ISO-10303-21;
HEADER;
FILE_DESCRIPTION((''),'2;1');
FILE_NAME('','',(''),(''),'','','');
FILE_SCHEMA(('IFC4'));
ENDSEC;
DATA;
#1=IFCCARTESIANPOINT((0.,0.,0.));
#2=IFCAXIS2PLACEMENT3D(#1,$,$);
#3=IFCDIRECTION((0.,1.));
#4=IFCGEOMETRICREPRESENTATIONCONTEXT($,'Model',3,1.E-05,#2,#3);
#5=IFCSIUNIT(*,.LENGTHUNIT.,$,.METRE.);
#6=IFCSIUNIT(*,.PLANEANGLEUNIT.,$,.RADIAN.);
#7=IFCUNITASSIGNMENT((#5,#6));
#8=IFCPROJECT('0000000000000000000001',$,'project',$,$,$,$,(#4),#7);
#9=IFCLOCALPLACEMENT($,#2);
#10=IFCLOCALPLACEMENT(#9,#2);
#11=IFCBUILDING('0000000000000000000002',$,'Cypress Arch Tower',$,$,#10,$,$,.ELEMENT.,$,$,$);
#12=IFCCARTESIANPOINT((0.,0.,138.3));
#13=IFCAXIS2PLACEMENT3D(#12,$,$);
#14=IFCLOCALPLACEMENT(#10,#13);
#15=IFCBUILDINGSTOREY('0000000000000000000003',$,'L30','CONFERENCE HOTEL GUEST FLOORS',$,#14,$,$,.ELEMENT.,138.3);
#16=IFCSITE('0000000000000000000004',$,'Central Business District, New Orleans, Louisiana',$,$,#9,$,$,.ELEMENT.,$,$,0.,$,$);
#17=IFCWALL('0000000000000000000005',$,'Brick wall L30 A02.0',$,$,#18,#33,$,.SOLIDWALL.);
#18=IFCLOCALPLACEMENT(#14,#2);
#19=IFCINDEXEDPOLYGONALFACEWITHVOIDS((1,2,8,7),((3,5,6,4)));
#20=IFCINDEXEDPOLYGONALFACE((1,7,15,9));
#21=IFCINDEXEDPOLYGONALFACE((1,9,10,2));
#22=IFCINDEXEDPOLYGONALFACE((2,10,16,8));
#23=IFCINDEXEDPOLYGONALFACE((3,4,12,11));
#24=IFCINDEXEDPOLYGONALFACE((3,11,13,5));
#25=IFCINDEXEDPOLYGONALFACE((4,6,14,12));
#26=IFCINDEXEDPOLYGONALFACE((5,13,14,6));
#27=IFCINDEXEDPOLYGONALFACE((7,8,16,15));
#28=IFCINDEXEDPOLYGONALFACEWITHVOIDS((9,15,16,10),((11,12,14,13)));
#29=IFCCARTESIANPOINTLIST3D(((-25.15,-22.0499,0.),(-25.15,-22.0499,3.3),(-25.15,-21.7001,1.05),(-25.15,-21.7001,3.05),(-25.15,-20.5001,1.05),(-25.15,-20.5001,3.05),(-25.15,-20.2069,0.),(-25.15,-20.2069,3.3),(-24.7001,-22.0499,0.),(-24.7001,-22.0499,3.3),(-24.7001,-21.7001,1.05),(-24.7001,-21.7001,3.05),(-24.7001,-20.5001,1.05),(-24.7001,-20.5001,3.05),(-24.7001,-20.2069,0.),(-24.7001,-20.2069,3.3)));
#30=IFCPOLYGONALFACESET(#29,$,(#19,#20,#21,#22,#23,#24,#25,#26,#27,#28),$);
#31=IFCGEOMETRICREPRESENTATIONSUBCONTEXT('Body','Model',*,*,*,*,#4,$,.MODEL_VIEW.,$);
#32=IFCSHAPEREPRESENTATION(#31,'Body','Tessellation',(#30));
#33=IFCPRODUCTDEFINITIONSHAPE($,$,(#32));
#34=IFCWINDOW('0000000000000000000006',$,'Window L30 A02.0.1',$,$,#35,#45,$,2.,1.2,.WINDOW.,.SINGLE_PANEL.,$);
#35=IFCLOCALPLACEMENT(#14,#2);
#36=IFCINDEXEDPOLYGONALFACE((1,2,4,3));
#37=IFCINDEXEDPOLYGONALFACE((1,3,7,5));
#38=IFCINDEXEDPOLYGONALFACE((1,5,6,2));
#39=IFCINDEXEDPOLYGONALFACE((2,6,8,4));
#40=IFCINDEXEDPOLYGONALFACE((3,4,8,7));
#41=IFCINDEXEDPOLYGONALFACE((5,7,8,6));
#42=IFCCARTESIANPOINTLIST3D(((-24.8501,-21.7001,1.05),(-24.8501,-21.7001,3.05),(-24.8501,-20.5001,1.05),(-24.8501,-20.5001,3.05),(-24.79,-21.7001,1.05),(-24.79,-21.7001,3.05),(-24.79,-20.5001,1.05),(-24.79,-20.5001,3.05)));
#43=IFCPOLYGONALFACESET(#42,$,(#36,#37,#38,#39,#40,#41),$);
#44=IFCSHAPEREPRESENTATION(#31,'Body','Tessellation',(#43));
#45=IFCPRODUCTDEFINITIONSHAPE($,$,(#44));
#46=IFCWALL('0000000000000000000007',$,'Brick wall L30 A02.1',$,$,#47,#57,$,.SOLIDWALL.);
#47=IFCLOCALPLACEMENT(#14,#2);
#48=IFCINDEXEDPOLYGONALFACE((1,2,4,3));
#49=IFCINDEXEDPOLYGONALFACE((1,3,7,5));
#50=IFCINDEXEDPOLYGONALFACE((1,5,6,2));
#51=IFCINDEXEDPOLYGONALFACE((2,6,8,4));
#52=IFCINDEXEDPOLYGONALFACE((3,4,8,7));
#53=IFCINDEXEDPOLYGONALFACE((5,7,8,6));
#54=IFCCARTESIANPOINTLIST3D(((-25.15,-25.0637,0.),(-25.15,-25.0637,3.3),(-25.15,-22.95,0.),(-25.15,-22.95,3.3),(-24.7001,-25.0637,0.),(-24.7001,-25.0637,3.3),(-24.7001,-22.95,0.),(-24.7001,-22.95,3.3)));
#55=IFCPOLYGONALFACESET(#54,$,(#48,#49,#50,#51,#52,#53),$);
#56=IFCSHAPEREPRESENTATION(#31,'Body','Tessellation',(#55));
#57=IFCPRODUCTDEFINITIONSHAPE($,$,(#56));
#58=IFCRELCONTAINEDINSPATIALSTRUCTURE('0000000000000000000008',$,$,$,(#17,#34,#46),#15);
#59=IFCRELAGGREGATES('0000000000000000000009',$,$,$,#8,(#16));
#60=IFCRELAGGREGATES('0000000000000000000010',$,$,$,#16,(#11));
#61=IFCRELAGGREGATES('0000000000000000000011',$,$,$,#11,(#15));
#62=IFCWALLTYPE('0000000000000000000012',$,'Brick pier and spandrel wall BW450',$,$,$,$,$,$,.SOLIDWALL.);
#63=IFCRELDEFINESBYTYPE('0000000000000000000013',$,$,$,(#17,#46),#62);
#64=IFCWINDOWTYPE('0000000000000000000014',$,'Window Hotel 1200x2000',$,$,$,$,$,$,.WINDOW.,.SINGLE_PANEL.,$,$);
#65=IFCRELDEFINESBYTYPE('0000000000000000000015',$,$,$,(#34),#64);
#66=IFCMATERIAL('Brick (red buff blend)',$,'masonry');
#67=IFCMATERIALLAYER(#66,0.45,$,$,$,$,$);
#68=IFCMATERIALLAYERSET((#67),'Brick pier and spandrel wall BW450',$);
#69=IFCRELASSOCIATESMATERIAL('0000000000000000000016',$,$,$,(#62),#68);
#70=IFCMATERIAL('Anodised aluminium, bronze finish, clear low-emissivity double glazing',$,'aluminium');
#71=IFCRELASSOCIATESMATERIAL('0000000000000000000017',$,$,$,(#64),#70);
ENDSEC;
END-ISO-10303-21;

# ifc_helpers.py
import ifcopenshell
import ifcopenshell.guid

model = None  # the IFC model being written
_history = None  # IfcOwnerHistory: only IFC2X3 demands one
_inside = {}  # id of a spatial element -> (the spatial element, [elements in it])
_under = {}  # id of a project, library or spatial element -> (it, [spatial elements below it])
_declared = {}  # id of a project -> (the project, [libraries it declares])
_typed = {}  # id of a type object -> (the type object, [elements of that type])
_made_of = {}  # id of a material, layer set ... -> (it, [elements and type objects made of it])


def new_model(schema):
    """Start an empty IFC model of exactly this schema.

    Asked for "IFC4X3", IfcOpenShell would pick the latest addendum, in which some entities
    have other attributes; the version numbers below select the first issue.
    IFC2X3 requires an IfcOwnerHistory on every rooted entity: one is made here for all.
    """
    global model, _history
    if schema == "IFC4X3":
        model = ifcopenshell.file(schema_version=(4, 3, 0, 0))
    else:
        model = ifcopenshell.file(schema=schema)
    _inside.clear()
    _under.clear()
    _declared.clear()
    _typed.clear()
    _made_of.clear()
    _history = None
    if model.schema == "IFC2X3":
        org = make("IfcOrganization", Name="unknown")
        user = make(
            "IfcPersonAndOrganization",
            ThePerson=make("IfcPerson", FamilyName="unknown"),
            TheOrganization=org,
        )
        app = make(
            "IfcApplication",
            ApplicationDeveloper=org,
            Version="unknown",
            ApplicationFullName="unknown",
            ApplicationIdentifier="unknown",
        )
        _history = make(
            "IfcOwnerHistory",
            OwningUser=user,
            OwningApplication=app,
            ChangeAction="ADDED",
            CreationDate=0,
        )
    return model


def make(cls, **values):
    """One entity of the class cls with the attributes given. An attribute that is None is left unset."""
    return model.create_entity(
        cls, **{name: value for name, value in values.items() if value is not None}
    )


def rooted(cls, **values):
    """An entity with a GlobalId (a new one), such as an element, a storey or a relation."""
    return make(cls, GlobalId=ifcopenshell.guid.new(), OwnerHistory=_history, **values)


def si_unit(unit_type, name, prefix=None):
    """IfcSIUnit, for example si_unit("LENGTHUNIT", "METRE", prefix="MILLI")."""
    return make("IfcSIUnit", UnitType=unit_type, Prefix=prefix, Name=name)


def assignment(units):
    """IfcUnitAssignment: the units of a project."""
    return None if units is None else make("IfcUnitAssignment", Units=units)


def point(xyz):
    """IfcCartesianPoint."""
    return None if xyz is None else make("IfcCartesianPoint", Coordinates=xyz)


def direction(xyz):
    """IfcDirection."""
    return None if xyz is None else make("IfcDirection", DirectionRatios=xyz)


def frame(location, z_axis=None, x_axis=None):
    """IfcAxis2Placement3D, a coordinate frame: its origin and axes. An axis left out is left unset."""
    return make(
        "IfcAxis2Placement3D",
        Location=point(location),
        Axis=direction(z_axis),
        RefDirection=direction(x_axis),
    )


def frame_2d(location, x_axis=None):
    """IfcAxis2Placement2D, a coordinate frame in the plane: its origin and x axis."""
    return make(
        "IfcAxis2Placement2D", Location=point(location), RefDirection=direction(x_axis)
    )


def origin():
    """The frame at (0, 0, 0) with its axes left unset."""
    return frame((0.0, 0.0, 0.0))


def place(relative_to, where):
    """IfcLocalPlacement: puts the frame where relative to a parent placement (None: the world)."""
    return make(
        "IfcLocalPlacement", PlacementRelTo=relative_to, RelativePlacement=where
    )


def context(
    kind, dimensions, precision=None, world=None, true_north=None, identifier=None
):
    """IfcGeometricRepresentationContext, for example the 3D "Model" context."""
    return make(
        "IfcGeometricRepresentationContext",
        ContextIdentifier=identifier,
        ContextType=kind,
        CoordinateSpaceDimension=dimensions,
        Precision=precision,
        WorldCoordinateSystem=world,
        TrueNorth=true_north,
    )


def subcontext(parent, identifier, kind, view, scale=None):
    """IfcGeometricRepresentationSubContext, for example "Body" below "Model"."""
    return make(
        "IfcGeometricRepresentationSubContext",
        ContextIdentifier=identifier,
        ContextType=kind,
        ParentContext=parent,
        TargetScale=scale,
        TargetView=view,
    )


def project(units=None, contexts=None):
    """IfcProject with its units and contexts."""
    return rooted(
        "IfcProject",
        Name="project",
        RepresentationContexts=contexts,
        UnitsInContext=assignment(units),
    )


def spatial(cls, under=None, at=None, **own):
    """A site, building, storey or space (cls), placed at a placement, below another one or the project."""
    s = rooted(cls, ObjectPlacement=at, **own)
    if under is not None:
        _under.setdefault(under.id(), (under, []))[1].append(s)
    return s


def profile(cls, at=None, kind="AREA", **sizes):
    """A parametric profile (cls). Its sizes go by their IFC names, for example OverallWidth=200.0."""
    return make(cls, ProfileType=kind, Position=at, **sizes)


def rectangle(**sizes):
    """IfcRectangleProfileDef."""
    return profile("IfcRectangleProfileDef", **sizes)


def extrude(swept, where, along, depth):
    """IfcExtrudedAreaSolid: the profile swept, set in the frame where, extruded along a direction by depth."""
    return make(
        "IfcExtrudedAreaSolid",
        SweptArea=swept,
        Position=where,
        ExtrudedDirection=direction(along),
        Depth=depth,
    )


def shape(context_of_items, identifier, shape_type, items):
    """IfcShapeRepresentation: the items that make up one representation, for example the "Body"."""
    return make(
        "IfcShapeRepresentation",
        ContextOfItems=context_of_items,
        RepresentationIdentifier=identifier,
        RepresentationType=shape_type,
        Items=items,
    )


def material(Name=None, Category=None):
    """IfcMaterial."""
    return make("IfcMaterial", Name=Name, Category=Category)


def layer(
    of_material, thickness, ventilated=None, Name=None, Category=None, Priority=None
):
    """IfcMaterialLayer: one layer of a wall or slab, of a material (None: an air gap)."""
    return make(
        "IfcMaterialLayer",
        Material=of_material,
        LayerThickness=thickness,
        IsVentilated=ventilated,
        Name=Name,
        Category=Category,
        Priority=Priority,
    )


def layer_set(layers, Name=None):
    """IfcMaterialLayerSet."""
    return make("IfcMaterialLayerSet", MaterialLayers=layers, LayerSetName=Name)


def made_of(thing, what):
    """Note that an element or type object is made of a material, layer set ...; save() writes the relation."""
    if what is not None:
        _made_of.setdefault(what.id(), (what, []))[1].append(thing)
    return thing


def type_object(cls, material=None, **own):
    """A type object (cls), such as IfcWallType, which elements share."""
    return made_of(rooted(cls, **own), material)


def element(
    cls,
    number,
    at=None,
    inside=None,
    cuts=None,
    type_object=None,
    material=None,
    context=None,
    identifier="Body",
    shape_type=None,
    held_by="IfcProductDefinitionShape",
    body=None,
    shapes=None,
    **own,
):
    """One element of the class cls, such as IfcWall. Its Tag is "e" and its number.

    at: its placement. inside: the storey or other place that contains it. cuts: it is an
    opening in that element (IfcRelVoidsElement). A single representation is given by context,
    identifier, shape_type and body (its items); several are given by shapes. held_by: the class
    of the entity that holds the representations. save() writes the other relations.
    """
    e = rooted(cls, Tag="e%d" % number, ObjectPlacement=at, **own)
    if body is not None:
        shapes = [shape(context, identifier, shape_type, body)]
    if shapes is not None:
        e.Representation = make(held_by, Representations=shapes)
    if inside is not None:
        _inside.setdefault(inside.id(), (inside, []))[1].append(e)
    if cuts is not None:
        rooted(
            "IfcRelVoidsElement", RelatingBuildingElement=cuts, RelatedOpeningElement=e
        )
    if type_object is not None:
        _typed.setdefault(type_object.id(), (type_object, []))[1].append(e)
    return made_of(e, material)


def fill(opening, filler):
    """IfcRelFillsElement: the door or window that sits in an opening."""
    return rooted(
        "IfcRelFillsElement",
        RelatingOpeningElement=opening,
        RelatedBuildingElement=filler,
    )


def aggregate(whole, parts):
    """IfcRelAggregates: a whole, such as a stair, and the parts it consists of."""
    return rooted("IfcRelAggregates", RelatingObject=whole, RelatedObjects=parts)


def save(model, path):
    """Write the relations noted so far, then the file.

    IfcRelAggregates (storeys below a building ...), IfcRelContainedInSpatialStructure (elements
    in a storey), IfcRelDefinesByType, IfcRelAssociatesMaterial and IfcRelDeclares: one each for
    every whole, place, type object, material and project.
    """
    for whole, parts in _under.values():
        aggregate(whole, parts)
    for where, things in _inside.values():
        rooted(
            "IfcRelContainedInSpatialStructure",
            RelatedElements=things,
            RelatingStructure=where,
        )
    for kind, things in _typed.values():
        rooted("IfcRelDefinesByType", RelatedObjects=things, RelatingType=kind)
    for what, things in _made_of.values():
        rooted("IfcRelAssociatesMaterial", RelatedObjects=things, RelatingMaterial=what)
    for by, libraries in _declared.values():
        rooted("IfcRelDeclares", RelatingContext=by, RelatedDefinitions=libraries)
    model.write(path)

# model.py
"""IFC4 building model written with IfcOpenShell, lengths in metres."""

from ifc_helpers import new_model, si_unit, direction, frame, frame_2d, origin, place, context, subcontext, project, spatial, rectangle, extrude, material, layer, layer_set, type_object, element, fill, save


model = new_model("IFC4")

# Units and contexts
model_context = context("Model", 3, precision=1e-05, world=origin(), true_north=direction((0.0, 1.0)))
body_context = subcontext(model_context, "Body", "Model", "MODEL_VIEW")
ifc_project = project(units=[si_unit("LENGTHUNIT", "METRE"), si_unit("PLANEANGLEUNIT", "RADIAN")], contexts=[model_context])

# Site, building, storey
site_placement = place(None, origin())
site = spatial("IfcSite", under=ifc_project, at=site_placement, Name="Central Business District, New Orleans, Louisiana", CompositionType="ELEMENT", RefElevation=0.0)
building_placement = place(site_placement, origin())
building = spatial("IfcBuilding", under=site, at=building_placement, Name="Cypress Arch Tower", CompositionType="ELEMENT")
storey_placement = place(building_placement, frame((0.0, 0.0, 138.3)))
storey = spatial("IfcBuildingStorey", under=building, at=storey_placement, Name="L30", Description="CONFERENCE HOTEL GUEST FLOORS", CompositionType="ELEMENT", Elevation=138.3)

# Wall, opening, window
ifc_material_1 = material(Name="Brick (red buff blend)", Category="masonry")
ifc_layer_1 = layer(ifc_material_1, 0.45)
ifc_layer_set_1 = layer_set([ifc_layer_1], Name="Brick pier and spandrel wall BW450")
wall_type_1 = type_object("IfcWallType", Name="Brick pier and spandrel wall BW450", PredefinedType="SOLIDWALL", material=ifc_layer_set_1)
wall_1_placement = place(storey_placement, frame((-24.925, -20.207, 0.0), z_axis=(0.0, 0.0, 1.0), x_axis=(0.0, -1.0, 0.0)))
wall_1 = element("IfcWall", 1, at=wall_1_placement, inside=storey, type_object=wall_type_1, Name="Brick wall L30 A02.0", PredefinedType="SOLIDWALL", context=body_context, shape_type="SweptSolid", body=[
    extrude(rectangle(XDim=1.843, YDim=0.45, at=frame_2d((0.9214, 0.0))), origin(), (0.0, 0.0, 1.0), 3.3),
])
opening_1_placement = place(wall_1_placement, frame((0.293, 0.0, 1.05)))
opening_1 = element("IfcOpeningElement", 2, at=opening_1_placement, cuts=wall_1, PredefinedType="OPENING", context=body_context, shape_type="SweptSolid", body=[
    extrude(rectangle(XDim=1.2, YDim=2.0, at=frame_2d((0.6001, 1.0))), frame((0.0, 0.2349, 0.0), z_axis=(0.0, -1.0, 0.0), x_axis=(1.0, 0.0, 0.0)), (0.0, 0.0, 1.0), 0.47),
])
ifc_material_2 = material(Name="Anodised aluminium, bronze finish, clear low-emissivity double glazing", Category="aluminium")
window_type_1 = type_object("IfcWindowType", Name="Window Hotel 1200x2000", PartitioningType="SINGLE_PANEL", PredefinedType="WINDOW", material=ifc_material_2)
window_1_placement = place(opening_1_placement, origin())
window_1 = element("IfcWindow", 3, at=window_1_placement, inside=storey, type_object=window_type_1, Name="Window L30 A02.0.1", OverallHeight=2.0, OverallWidth=1.2, PartitioningType="SINGLE_PANEL", PredefinedType="WINDOW", context=body_context, shape_type="SweptSolid", body=[
    extrude(rectangle(XDim=1.2, YDim=2.0, at=frame_2d((0.6001, 1.0))), frame((0.0, 0.135, 0.0), z_axis=(0.0, -1.0, 0.0), x_axis=(1.0, 0.0, 0.0)), (0.0, 0.0, 1.0), 0.0601),
])
fill(opening_1, window_1)

# Wall
wall_2_placement = place(storey_placement, frame((-24.925, -22.95, 0.0), z_axis=(0.0, 0.0, 1.0), x_axis=(0.0, -1.0, 0.0)))
element("IfcWall", 4, at=wall_2_placement, inside=storey, type_object=wall_type_1, Name="Brick wall L30 A02.1", PredefinedType="SOLIDWALL", context=body_context, shape_type="SweptSolid", body=[
    extrude(rectangle(XDim=2.1138, YDim=0.45, at=frame_2d((1.0569, 0.0))), origin(), (0.0, 0.0, 1.0), 3.3),
])

save(model, "model.ifc")
